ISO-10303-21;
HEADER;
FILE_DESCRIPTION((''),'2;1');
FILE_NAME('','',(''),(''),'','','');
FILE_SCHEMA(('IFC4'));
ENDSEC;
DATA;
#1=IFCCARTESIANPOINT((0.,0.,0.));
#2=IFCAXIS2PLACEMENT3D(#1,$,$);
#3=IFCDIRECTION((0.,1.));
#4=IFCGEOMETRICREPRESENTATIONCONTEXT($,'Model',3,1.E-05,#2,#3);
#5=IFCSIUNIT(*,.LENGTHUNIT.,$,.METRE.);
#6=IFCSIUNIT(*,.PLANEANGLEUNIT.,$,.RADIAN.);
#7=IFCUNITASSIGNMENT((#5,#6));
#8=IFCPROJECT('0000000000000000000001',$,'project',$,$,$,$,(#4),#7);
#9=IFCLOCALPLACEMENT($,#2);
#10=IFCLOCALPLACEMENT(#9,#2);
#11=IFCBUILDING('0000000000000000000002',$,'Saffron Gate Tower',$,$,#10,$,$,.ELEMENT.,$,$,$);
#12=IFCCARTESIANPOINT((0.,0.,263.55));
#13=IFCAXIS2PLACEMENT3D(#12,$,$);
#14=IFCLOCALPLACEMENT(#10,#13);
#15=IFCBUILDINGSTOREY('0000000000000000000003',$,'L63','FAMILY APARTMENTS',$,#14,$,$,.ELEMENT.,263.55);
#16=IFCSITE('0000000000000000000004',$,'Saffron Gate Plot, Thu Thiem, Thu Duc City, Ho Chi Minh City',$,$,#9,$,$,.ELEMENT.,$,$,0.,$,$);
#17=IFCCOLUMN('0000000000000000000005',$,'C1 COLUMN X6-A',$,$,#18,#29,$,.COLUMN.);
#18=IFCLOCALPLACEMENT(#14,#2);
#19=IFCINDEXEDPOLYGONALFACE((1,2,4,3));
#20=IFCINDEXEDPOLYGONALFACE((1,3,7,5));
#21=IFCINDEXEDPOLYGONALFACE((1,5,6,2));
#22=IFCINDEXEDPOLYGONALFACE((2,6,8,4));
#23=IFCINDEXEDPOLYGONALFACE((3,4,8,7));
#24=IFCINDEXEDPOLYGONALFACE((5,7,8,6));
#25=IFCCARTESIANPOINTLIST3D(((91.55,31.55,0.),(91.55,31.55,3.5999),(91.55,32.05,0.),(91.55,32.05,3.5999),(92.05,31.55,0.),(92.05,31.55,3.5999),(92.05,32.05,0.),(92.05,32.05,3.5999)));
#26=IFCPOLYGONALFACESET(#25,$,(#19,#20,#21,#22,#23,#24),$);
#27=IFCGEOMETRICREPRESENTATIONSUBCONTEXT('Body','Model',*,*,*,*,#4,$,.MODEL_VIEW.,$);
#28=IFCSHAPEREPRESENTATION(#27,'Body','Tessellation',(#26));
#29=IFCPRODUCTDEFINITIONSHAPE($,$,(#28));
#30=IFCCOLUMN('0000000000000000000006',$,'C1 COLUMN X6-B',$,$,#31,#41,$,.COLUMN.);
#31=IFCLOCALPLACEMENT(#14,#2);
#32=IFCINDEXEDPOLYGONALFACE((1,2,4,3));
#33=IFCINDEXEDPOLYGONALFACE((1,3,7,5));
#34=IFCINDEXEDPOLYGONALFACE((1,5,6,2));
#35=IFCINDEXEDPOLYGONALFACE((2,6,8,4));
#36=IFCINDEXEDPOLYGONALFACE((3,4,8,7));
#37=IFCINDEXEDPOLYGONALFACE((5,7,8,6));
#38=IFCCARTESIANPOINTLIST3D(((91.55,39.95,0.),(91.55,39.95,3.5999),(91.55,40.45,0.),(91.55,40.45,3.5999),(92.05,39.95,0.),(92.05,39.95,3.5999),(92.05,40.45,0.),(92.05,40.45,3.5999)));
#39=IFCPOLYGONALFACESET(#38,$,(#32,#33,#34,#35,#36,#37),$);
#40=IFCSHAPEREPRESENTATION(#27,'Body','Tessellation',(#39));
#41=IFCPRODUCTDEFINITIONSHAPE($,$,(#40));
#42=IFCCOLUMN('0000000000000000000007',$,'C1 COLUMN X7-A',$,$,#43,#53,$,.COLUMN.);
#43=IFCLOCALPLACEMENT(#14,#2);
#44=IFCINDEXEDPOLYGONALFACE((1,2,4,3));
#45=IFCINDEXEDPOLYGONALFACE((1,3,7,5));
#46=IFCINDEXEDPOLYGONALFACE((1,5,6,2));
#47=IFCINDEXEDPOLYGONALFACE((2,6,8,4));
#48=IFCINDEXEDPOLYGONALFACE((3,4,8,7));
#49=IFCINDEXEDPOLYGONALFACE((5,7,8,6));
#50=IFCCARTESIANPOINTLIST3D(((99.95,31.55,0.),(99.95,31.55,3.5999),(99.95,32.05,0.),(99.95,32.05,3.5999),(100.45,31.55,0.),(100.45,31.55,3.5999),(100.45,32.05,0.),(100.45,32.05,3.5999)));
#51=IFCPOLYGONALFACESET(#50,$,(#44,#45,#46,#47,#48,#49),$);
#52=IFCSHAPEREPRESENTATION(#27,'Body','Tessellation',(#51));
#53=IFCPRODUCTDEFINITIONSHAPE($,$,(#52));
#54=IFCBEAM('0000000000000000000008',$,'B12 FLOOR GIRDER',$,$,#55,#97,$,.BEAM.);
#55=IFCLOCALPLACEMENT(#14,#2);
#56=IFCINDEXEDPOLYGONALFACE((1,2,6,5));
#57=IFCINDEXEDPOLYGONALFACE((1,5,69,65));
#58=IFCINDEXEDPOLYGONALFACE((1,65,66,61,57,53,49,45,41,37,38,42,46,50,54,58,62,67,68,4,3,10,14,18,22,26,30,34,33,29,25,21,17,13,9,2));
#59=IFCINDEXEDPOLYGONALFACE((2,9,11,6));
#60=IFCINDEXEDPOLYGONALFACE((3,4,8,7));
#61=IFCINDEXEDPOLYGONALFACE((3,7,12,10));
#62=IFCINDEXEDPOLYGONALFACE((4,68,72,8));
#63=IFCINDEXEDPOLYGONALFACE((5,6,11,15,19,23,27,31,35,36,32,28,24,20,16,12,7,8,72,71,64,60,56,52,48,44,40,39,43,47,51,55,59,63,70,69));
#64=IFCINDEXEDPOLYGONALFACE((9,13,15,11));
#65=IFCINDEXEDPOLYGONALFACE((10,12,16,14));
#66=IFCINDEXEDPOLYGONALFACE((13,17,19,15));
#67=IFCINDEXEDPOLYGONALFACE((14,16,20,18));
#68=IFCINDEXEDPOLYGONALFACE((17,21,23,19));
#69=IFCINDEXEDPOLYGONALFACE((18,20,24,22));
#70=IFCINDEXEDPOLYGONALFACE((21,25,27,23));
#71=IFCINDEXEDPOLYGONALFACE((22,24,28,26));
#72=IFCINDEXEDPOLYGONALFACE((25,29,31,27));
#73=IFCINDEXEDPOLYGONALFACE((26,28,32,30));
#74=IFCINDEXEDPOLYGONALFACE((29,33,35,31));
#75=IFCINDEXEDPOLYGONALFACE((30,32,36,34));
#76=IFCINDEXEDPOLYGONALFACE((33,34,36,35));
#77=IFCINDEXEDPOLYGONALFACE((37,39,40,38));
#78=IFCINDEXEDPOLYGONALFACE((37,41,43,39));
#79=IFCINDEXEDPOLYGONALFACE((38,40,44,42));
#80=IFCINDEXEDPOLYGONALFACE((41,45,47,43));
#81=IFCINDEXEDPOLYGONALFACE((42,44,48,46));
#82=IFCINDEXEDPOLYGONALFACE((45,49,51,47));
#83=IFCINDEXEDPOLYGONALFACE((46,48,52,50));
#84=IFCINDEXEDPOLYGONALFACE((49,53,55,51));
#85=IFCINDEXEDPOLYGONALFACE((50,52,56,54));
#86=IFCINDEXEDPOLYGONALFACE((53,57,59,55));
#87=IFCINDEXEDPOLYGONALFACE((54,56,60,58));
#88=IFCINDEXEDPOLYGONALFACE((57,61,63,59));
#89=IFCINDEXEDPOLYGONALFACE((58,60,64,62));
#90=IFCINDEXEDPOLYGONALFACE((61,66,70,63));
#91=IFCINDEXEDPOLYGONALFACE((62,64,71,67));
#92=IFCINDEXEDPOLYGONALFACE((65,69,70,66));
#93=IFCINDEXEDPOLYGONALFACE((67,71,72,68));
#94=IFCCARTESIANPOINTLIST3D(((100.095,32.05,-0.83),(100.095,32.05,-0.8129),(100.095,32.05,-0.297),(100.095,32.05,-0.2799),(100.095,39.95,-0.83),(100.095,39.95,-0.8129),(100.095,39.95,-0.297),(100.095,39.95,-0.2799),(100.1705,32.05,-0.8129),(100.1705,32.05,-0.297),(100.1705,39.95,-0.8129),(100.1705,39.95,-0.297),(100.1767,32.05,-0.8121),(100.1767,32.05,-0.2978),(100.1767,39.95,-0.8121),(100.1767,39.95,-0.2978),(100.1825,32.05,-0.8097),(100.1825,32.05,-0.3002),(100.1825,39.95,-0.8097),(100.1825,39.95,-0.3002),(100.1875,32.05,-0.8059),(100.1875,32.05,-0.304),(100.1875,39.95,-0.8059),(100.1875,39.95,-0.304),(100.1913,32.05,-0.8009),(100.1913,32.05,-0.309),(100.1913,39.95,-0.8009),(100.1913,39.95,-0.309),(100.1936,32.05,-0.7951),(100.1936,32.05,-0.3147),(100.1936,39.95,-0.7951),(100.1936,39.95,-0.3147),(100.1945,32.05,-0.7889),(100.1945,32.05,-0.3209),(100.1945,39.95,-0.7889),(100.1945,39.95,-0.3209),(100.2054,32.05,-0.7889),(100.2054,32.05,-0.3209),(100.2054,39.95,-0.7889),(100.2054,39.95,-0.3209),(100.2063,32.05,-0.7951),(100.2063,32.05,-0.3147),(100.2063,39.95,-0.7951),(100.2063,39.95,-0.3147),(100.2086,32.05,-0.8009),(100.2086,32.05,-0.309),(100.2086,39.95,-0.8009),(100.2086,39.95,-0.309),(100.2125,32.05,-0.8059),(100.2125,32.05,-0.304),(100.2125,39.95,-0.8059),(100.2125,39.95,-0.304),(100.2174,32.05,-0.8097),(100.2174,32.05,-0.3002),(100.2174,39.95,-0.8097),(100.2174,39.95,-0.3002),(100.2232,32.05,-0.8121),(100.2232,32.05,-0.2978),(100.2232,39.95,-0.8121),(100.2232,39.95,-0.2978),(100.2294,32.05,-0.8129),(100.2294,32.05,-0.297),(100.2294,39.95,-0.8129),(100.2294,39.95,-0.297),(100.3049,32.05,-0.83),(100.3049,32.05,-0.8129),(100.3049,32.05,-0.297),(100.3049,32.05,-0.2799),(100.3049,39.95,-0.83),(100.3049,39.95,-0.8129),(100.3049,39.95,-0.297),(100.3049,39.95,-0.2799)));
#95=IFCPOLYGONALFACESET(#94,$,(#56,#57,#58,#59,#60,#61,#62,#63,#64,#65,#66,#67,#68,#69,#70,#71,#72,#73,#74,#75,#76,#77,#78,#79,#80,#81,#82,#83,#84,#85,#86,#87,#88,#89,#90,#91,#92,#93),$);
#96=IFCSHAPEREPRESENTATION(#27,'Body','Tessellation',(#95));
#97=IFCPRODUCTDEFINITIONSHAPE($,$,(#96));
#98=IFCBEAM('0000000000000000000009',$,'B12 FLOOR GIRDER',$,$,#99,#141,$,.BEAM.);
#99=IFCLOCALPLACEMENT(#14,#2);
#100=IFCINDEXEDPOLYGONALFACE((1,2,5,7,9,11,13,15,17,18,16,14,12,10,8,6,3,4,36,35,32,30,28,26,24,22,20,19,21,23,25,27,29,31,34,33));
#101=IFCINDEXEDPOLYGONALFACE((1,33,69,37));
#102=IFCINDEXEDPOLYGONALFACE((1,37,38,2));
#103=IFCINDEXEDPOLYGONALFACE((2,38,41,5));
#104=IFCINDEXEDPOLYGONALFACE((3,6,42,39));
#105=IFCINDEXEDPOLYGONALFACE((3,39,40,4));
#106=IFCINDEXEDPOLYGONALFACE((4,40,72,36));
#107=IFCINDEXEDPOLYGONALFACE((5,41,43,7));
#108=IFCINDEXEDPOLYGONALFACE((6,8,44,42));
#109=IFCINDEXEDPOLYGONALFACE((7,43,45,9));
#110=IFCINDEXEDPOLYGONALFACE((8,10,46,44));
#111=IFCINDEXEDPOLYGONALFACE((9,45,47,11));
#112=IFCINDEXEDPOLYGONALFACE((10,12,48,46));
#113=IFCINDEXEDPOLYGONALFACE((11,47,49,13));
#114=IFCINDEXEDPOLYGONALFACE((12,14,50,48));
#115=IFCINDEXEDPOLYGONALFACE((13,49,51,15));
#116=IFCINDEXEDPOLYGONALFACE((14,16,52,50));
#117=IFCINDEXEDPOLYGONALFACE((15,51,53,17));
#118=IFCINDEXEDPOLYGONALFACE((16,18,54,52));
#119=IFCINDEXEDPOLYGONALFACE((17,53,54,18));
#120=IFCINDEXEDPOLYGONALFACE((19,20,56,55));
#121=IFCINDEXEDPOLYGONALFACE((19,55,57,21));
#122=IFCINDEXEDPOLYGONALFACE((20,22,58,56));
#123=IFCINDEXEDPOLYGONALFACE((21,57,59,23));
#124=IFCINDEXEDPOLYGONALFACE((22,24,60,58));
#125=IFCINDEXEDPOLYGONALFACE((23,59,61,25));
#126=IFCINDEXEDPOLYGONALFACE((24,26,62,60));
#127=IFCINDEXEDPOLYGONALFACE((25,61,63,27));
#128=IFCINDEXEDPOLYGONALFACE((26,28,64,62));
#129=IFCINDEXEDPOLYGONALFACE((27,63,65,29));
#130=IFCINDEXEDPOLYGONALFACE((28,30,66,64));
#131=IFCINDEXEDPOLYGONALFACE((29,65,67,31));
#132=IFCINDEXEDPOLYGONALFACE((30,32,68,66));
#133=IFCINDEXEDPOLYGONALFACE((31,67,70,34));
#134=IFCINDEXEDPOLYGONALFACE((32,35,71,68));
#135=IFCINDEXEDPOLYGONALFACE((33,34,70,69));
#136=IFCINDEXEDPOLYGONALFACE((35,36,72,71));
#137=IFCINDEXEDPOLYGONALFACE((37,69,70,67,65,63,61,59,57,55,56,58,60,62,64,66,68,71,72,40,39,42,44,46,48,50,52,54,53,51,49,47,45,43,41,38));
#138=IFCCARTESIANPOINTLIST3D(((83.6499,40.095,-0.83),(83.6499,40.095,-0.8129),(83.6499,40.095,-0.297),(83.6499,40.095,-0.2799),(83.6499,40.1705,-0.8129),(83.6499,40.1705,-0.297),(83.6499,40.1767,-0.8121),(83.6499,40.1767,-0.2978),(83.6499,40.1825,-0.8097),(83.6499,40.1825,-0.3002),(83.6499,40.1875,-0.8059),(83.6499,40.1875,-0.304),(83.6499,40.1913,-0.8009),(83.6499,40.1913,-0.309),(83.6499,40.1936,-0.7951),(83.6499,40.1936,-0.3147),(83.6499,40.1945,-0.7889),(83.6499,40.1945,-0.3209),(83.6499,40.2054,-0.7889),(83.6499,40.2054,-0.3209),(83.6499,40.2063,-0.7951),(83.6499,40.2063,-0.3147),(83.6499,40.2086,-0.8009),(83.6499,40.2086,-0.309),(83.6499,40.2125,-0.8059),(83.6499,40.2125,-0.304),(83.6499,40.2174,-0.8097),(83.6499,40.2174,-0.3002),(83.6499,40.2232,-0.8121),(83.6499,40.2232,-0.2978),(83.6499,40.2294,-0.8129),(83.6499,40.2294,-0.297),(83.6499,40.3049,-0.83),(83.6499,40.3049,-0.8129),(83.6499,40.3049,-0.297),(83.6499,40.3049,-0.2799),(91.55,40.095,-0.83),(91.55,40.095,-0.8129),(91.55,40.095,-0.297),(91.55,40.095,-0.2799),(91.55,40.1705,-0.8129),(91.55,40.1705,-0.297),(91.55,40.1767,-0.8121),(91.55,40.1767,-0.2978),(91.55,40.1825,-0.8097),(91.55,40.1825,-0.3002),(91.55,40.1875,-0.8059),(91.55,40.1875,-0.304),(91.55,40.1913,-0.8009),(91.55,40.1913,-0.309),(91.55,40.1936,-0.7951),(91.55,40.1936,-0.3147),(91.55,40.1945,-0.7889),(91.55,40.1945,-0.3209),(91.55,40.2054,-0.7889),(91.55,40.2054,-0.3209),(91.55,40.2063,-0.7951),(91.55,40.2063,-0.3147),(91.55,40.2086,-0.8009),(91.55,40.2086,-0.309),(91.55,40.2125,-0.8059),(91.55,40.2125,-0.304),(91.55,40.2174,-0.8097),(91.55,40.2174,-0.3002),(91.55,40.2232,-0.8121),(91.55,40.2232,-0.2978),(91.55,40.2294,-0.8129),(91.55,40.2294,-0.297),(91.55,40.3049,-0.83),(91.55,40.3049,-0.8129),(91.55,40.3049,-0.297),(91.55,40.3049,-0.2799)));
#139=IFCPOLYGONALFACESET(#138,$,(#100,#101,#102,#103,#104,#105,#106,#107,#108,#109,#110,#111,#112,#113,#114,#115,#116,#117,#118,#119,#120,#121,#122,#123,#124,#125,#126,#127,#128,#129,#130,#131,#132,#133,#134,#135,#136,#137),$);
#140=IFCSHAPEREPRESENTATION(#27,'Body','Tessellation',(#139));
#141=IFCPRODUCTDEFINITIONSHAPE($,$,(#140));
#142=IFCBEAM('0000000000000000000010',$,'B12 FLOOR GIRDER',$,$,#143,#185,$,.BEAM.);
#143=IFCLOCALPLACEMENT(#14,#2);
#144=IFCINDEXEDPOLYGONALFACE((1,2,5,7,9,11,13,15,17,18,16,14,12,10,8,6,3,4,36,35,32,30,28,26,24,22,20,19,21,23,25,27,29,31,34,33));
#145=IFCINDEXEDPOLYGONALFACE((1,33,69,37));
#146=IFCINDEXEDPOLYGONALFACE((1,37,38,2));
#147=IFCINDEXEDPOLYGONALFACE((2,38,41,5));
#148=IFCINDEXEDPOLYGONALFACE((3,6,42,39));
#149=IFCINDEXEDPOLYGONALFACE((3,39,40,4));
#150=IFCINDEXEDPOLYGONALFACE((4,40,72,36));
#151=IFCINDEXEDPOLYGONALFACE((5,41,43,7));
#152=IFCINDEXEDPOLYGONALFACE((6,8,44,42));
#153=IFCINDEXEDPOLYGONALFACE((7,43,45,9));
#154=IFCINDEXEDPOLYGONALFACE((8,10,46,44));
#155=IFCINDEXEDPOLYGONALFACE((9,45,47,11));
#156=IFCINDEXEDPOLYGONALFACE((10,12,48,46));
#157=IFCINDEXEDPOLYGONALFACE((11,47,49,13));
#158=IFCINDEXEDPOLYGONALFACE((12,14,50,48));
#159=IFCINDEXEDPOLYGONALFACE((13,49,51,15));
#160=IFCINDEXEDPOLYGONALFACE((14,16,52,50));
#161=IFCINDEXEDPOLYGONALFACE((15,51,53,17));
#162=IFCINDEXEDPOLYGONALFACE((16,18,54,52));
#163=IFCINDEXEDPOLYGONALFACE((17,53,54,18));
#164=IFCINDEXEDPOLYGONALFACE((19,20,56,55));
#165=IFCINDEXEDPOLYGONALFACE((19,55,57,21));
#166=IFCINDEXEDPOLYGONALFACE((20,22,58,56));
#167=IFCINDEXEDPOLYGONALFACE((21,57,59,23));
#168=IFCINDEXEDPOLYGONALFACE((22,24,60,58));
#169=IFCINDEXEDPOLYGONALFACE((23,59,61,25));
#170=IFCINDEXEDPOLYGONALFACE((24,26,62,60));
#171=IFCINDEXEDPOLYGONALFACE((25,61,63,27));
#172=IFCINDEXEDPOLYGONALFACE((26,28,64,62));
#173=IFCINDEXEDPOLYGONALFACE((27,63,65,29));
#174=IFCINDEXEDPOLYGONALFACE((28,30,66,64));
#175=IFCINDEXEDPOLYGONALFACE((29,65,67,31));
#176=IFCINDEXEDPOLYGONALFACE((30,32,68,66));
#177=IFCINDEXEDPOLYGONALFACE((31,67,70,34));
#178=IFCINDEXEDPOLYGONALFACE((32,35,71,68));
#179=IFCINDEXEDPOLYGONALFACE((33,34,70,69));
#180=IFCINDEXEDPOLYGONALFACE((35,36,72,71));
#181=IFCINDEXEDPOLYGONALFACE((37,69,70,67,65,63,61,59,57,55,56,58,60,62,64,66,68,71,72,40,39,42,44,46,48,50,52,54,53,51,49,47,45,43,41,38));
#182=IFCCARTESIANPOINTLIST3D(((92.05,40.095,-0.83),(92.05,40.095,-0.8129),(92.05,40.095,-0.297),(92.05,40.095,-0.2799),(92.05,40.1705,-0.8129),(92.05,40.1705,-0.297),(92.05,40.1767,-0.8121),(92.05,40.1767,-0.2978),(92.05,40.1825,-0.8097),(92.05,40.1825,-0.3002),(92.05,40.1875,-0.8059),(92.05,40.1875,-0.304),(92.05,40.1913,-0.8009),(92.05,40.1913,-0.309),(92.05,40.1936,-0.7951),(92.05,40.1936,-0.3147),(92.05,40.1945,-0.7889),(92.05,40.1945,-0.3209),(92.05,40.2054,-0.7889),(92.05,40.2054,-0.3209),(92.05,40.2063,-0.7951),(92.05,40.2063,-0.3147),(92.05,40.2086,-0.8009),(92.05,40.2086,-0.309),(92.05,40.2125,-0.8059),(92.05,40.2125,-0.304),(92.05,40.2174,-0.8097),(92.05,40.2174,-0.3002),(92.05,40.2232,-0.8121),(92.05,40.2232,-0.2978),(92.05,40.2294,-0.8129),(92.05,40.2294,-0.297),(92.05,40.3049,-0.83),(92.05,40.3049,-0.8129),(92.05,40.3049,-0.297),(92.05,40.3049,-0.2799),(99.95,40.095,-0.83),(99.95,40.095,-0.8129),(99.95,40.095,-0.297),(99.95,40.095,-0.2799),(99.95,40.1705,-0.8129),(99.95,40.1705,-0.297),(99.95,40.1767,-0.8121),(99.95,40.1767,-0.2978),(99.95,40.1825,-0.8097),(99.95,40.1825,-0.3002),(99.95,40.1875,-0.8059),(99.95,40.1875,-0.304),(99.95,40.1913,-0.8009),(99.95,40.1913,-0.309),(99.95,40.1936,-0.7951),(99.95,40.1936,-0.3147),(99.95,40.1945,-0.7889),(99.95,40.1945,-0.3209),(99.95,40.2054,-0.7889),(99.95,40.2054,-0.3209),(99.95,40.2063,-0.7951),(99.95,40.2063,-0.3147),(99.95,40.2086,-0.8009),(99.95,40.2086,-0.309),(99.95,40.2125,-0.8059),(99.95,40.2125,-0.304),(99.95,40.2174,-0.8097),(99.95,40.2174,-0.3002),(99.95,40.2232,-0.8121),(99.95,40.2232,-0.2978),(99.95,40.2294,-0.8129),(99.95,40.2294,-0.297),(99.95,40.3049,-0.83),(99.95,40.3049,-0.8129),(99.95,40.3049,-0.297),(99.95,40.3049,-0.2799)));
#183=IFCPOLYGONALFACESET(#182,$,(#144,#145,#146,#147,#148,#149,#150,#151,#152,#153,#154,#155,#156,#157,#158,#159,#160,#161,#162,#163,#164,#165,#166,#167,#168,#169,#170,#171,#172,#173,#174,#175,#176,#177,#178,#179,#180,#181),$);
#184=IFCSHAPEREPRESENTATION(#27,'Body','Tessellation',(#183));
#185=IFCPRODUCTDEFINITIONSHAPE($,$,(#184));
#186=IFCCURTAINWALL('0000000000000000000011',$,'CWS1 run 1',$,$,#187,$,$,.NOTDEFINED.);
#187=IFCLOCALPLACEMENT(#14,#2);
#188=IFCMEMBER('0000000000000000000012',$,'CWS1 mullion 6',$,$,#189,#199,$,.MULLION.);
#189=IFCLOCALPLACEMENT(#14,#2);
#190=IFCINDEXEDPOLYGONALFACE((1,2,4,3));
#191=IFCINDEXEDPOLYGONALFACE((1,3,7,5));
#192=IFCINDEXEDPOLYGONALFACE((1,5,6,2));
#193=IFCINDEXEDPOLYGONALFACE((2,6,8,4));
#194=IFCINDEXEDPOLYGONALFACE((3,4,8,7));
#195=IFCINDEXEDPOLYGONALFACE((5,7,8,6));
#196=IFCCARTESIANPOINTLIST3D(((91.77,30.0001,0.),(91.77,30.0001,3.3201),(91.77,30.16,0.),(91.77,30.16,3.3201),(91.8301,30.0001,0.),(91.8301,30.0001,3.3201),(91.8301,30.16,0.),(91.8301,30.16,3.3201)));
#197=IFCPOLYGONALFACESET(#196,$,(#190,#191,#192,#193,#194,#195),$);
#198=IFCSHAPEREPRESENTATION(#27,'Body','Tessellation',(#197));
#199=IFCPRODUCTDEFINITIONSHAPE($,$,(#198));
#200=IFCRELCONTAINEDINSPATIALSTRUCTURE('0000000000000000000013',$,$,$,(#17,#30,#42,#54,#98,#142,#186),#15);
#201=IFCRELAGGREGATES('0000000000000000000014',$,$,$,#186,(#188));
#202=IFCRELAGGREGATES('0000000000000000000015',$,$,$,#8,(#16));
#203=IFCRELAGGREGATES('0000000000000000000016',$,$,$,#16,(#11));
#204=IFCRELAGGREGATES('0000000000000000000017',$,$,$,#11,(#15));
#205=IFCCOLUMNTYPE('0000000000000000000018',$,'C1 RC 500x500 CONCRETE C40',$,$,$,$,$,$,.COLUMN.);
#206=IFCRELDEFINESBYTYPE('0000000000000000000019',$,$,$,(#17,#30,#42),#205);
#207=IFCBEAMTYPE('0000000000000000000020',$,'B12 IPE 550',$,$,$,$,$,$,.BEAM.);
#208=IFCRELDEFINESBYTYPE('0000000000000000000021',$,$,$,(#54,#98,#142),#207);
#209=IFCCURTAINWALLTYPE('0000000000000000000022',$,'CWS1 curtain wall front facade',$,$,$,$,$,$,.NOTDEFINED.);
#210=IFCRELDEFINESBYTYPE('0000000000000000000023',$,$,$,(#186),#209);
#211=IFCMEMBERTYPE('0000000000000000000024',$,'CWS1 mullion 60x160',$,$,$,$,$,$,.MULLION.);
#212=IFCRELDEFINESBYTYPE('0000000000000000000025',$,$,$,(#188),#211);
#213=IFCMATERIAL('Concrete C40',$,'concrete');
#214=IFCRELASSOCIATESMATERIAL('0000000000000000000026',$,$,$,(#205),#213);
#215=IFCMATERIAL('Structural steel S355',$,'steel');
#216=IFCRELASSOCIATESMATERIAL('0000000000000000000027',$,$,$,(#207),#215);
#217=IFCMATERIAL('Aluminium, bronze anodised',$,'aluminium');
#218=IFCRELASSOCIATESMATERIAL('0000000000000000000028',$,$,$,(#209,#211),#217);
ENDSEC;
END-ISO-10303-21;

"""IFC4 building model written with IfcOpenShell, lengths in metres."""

from ifc_helpers import new_model, si_unit, direction, frame, origin, origin_2d, place, context, subcontext, project, spatial, rectangle, i_section, extrude, material, material_profile, profile_set, type_object, element, aggregate, save


model = new_model("IFC4")

# Units and contexts
model_context = context("Model", 3, precision=1e-05, world=origin(), true_north=direction((0.0, 1.0)))
body_context = subcontext(model_context, "Body", "Model", "MODEL_VIEW")
ifc_project = project(units=[si_unit("LENGTHUNIT", "METRE"), si_unit("PLANEANGLEUNIT", "RADIAN")], contexts=[model_context])

# Site, building, storey
site_placement = place(None, origin())
site = spatial("IfcSite", under=ifc_project, at=site_placement, Name="Saffron Gate Plot, Thu Thiem, Thu Duc City, Ho Chi Minh City", CompositionType="ELEMENT", RefElevation=0.0)
building_placement = place(site_placement, origin())
building = spatial("IfcBuilding", under=site, at=building_placement, Name="Saffron Gate Tower", CompositionType="ELEMENT")
storey_placement = place(building_placement, frame((0.0, 0.0, 263.55)))
storey = spatial("IfcBuildingStorey", under=building, at=storey_placement, Name="L63", Description="FAMILY APARTMENTS", CompositionType="ELEMENT", Elevation=263.55)

# Columns
ifc_material_1 = material(Name="Concrete C40", Category="concrete")
ifc_material_profile_1 = material_profile(ifc_material_1, rectangle(XDim=0.5, YDim=0.5, at=origin_2d()))
ifc_profile_set_1 = profile_set([ifc_material_profile_1], Name="Concrete C40")
column_type = type_object("IfcColumnType", Name="C1 RC 500x500 CONCRETE C40", PredefinedType="COLUMN", material=ifc_profile_set_1)
for number, where, z_axis, x_axis, name in (
    (1, (91.8, 31.8, 0.0), (0.0, 0.0, 1.0), (1.0, 0.0, 0.0), "C1 COLUMN X6-A"),
    (2, (91.8, 40.2, 0.0), (0.0, 0.0, 1.0), (1.0, 0.0, 0.0), "C1 COLUMN X6-B"),
    (3, (100.2, 31.8, 0.0), (0.0, 0.0, 1.0), (1.0, 0.0, 0.0), "C1 COLUMN X7-A"),
):
    element("IfcColumn", number, at=place(storey_placement, frame(where, z_axis=z_axis, x_axis=x_axis)), inside=storey, type_object=column_type, Name=name, PredefinedType="COLUMN", context=body_context, shape_type="SweptSolid", body=[
        extrude(rectangle(XDim=0.5, YDim=0.5, at=origin_2d()), origin(), (0.0, 0.0, 1.0), 3.5999),
    ])

# Beams
ifc_material_2 = material(Name="Structural steel S355", Category="steel")
ifc_material_profile_2 = material_profile(ifc_material_2, i_section(OverallWidth=0.21, OverallDepth=0.55, WebThickness=0.011, FlangeThickness=0.0171, FilletRadius=0.0239, at=origin_2d()))
ifc_profile_set_2 = profile_set([ifc_material_profile_2], Name="Structural steel S355")
beam_type = type_object("IfcBeamType", Name="B12 IPE 550", PredefinedType="BEAM", material=ifc_profile_set_2)
beam_1_placement = place(storey_placement, frame((100.2, 32.05, -0.5549), z_axis=(0.0, 1.0, 0.0), x_axis=(-1.0, 0.0, 0.0)))
element("IfcBeam", 4, at=beam_1_placement, inside=storey, type_object=beam_type, Name="B12 FLOOR GIRDER", PredefinedType="BEAM", context=body_context, shape_type="SweptSolid", body=[
    extrude(i_section(OverallWidth=0.21, OverallDepth=0.55, WebThickness=0.011, FlangeThickness=0.0171, FilletRadius=0.0239, at=origin_2d()), origin(), (0.0, 0.0, 1.0), 7.8999),
])
beam_2_placement = place(storey_placement, frame((83.6499, 40.2, -0.5549), z_axis=(1.0, 0.0, 0.0), x_axis=(0.0, 1.0, 0.0)))
element("IfcBeam", 5, at=beam_2_placement, inside=storey, type_object=beam_type, Name="B12 FLOOR GIRDER", PredefinedType="BEAM", context=body_context, shape_type="SweptSolid", body=[
    extrude(i_section(OverallWidth=0.21, OverallDepth=0.55, WebThickness=0.011, FlangeThickness=0.0171, FilletRadius=0.0239, at=origin_2d()), origin(), (0.0, 0.0, 1.0), 7.9001),
])
beam_3_placement = place(storey_placement, frame((92.05, 40.2, -0.5549), z_axis=(1.0, 0.0, 0.0), x_axis=(0.0, 1.0, 0.0)))
element("IfcBeam", 6, at=beam_3_placement, inside=storey, type_object=beam_type, Name="B12 FLOOR GIRDER", PredefinedType="BEAM", context=body_context, shape_type="SweptSolid", body=[
    extrude(i_section(OverallWidth=0.21, OverallDepth=0.55, WebThickness=0.011, FlangeThickness=0.0171, FilletRadius=0.0239, at=origin_2d()), origin(), (0.0, 0.0, 1.0), 7.8999),
])

# Curtain wall, member
ifc_material_3 = material(Name="Aluminium, bronze anodised", Category="aluminium")
curtain_wall_type = type_object("IfcCurtainWallType", Name="CWS1 curtain wall front facade", PredefinedType="NOTDEFINED", material=ifc_material_3)
curtain_wall_placement = place(storey_placement, origin())
curtain_wall = element("IfcCurtainWall", 7, at=curtain_wall_placement, inside=storey, type_object=curtain_wall_type, Name="CWS1 run 1", PredefinedType="NOTDEFINED")
ifc_material_profile_3 = material_profile(ifc_material_3, rectangle(XDim=0.1599, YDim=0.0601, at=origin_2d()))
ifc_profile_set_3 = profile_set([ifc_material_profile_3], Name="Aluminium, bronze anodised")
member_type = type_object("IfcMemberType", Name="CWS1 mullion 60x160", PredefinedType="MULLION", material=ifc_profile_set_3)
member_1_placement = place(storey_placement, frame((91.8, 30.0801, 0.0), z_axis=(0.0, 0.0, 1.0), x_axis=(0.0, 1.0, 0.0)))
member_1 = element("IfcMember", 8, at=member_1_placement, type_object=member_type, Name="CWS1 mullion 6", PredefinedType="MULLION", context=body_context, shape_type="SweptSolid", body=[
    extrude(rectangle(XDim=0.1599, YDim=0.0601, at=origin_2d()), origin(), (0.0, 0.0, 1.0), 3.3201),
])
aggregate(curtain_wall, [member_1])

save(model, "model.ifc")
